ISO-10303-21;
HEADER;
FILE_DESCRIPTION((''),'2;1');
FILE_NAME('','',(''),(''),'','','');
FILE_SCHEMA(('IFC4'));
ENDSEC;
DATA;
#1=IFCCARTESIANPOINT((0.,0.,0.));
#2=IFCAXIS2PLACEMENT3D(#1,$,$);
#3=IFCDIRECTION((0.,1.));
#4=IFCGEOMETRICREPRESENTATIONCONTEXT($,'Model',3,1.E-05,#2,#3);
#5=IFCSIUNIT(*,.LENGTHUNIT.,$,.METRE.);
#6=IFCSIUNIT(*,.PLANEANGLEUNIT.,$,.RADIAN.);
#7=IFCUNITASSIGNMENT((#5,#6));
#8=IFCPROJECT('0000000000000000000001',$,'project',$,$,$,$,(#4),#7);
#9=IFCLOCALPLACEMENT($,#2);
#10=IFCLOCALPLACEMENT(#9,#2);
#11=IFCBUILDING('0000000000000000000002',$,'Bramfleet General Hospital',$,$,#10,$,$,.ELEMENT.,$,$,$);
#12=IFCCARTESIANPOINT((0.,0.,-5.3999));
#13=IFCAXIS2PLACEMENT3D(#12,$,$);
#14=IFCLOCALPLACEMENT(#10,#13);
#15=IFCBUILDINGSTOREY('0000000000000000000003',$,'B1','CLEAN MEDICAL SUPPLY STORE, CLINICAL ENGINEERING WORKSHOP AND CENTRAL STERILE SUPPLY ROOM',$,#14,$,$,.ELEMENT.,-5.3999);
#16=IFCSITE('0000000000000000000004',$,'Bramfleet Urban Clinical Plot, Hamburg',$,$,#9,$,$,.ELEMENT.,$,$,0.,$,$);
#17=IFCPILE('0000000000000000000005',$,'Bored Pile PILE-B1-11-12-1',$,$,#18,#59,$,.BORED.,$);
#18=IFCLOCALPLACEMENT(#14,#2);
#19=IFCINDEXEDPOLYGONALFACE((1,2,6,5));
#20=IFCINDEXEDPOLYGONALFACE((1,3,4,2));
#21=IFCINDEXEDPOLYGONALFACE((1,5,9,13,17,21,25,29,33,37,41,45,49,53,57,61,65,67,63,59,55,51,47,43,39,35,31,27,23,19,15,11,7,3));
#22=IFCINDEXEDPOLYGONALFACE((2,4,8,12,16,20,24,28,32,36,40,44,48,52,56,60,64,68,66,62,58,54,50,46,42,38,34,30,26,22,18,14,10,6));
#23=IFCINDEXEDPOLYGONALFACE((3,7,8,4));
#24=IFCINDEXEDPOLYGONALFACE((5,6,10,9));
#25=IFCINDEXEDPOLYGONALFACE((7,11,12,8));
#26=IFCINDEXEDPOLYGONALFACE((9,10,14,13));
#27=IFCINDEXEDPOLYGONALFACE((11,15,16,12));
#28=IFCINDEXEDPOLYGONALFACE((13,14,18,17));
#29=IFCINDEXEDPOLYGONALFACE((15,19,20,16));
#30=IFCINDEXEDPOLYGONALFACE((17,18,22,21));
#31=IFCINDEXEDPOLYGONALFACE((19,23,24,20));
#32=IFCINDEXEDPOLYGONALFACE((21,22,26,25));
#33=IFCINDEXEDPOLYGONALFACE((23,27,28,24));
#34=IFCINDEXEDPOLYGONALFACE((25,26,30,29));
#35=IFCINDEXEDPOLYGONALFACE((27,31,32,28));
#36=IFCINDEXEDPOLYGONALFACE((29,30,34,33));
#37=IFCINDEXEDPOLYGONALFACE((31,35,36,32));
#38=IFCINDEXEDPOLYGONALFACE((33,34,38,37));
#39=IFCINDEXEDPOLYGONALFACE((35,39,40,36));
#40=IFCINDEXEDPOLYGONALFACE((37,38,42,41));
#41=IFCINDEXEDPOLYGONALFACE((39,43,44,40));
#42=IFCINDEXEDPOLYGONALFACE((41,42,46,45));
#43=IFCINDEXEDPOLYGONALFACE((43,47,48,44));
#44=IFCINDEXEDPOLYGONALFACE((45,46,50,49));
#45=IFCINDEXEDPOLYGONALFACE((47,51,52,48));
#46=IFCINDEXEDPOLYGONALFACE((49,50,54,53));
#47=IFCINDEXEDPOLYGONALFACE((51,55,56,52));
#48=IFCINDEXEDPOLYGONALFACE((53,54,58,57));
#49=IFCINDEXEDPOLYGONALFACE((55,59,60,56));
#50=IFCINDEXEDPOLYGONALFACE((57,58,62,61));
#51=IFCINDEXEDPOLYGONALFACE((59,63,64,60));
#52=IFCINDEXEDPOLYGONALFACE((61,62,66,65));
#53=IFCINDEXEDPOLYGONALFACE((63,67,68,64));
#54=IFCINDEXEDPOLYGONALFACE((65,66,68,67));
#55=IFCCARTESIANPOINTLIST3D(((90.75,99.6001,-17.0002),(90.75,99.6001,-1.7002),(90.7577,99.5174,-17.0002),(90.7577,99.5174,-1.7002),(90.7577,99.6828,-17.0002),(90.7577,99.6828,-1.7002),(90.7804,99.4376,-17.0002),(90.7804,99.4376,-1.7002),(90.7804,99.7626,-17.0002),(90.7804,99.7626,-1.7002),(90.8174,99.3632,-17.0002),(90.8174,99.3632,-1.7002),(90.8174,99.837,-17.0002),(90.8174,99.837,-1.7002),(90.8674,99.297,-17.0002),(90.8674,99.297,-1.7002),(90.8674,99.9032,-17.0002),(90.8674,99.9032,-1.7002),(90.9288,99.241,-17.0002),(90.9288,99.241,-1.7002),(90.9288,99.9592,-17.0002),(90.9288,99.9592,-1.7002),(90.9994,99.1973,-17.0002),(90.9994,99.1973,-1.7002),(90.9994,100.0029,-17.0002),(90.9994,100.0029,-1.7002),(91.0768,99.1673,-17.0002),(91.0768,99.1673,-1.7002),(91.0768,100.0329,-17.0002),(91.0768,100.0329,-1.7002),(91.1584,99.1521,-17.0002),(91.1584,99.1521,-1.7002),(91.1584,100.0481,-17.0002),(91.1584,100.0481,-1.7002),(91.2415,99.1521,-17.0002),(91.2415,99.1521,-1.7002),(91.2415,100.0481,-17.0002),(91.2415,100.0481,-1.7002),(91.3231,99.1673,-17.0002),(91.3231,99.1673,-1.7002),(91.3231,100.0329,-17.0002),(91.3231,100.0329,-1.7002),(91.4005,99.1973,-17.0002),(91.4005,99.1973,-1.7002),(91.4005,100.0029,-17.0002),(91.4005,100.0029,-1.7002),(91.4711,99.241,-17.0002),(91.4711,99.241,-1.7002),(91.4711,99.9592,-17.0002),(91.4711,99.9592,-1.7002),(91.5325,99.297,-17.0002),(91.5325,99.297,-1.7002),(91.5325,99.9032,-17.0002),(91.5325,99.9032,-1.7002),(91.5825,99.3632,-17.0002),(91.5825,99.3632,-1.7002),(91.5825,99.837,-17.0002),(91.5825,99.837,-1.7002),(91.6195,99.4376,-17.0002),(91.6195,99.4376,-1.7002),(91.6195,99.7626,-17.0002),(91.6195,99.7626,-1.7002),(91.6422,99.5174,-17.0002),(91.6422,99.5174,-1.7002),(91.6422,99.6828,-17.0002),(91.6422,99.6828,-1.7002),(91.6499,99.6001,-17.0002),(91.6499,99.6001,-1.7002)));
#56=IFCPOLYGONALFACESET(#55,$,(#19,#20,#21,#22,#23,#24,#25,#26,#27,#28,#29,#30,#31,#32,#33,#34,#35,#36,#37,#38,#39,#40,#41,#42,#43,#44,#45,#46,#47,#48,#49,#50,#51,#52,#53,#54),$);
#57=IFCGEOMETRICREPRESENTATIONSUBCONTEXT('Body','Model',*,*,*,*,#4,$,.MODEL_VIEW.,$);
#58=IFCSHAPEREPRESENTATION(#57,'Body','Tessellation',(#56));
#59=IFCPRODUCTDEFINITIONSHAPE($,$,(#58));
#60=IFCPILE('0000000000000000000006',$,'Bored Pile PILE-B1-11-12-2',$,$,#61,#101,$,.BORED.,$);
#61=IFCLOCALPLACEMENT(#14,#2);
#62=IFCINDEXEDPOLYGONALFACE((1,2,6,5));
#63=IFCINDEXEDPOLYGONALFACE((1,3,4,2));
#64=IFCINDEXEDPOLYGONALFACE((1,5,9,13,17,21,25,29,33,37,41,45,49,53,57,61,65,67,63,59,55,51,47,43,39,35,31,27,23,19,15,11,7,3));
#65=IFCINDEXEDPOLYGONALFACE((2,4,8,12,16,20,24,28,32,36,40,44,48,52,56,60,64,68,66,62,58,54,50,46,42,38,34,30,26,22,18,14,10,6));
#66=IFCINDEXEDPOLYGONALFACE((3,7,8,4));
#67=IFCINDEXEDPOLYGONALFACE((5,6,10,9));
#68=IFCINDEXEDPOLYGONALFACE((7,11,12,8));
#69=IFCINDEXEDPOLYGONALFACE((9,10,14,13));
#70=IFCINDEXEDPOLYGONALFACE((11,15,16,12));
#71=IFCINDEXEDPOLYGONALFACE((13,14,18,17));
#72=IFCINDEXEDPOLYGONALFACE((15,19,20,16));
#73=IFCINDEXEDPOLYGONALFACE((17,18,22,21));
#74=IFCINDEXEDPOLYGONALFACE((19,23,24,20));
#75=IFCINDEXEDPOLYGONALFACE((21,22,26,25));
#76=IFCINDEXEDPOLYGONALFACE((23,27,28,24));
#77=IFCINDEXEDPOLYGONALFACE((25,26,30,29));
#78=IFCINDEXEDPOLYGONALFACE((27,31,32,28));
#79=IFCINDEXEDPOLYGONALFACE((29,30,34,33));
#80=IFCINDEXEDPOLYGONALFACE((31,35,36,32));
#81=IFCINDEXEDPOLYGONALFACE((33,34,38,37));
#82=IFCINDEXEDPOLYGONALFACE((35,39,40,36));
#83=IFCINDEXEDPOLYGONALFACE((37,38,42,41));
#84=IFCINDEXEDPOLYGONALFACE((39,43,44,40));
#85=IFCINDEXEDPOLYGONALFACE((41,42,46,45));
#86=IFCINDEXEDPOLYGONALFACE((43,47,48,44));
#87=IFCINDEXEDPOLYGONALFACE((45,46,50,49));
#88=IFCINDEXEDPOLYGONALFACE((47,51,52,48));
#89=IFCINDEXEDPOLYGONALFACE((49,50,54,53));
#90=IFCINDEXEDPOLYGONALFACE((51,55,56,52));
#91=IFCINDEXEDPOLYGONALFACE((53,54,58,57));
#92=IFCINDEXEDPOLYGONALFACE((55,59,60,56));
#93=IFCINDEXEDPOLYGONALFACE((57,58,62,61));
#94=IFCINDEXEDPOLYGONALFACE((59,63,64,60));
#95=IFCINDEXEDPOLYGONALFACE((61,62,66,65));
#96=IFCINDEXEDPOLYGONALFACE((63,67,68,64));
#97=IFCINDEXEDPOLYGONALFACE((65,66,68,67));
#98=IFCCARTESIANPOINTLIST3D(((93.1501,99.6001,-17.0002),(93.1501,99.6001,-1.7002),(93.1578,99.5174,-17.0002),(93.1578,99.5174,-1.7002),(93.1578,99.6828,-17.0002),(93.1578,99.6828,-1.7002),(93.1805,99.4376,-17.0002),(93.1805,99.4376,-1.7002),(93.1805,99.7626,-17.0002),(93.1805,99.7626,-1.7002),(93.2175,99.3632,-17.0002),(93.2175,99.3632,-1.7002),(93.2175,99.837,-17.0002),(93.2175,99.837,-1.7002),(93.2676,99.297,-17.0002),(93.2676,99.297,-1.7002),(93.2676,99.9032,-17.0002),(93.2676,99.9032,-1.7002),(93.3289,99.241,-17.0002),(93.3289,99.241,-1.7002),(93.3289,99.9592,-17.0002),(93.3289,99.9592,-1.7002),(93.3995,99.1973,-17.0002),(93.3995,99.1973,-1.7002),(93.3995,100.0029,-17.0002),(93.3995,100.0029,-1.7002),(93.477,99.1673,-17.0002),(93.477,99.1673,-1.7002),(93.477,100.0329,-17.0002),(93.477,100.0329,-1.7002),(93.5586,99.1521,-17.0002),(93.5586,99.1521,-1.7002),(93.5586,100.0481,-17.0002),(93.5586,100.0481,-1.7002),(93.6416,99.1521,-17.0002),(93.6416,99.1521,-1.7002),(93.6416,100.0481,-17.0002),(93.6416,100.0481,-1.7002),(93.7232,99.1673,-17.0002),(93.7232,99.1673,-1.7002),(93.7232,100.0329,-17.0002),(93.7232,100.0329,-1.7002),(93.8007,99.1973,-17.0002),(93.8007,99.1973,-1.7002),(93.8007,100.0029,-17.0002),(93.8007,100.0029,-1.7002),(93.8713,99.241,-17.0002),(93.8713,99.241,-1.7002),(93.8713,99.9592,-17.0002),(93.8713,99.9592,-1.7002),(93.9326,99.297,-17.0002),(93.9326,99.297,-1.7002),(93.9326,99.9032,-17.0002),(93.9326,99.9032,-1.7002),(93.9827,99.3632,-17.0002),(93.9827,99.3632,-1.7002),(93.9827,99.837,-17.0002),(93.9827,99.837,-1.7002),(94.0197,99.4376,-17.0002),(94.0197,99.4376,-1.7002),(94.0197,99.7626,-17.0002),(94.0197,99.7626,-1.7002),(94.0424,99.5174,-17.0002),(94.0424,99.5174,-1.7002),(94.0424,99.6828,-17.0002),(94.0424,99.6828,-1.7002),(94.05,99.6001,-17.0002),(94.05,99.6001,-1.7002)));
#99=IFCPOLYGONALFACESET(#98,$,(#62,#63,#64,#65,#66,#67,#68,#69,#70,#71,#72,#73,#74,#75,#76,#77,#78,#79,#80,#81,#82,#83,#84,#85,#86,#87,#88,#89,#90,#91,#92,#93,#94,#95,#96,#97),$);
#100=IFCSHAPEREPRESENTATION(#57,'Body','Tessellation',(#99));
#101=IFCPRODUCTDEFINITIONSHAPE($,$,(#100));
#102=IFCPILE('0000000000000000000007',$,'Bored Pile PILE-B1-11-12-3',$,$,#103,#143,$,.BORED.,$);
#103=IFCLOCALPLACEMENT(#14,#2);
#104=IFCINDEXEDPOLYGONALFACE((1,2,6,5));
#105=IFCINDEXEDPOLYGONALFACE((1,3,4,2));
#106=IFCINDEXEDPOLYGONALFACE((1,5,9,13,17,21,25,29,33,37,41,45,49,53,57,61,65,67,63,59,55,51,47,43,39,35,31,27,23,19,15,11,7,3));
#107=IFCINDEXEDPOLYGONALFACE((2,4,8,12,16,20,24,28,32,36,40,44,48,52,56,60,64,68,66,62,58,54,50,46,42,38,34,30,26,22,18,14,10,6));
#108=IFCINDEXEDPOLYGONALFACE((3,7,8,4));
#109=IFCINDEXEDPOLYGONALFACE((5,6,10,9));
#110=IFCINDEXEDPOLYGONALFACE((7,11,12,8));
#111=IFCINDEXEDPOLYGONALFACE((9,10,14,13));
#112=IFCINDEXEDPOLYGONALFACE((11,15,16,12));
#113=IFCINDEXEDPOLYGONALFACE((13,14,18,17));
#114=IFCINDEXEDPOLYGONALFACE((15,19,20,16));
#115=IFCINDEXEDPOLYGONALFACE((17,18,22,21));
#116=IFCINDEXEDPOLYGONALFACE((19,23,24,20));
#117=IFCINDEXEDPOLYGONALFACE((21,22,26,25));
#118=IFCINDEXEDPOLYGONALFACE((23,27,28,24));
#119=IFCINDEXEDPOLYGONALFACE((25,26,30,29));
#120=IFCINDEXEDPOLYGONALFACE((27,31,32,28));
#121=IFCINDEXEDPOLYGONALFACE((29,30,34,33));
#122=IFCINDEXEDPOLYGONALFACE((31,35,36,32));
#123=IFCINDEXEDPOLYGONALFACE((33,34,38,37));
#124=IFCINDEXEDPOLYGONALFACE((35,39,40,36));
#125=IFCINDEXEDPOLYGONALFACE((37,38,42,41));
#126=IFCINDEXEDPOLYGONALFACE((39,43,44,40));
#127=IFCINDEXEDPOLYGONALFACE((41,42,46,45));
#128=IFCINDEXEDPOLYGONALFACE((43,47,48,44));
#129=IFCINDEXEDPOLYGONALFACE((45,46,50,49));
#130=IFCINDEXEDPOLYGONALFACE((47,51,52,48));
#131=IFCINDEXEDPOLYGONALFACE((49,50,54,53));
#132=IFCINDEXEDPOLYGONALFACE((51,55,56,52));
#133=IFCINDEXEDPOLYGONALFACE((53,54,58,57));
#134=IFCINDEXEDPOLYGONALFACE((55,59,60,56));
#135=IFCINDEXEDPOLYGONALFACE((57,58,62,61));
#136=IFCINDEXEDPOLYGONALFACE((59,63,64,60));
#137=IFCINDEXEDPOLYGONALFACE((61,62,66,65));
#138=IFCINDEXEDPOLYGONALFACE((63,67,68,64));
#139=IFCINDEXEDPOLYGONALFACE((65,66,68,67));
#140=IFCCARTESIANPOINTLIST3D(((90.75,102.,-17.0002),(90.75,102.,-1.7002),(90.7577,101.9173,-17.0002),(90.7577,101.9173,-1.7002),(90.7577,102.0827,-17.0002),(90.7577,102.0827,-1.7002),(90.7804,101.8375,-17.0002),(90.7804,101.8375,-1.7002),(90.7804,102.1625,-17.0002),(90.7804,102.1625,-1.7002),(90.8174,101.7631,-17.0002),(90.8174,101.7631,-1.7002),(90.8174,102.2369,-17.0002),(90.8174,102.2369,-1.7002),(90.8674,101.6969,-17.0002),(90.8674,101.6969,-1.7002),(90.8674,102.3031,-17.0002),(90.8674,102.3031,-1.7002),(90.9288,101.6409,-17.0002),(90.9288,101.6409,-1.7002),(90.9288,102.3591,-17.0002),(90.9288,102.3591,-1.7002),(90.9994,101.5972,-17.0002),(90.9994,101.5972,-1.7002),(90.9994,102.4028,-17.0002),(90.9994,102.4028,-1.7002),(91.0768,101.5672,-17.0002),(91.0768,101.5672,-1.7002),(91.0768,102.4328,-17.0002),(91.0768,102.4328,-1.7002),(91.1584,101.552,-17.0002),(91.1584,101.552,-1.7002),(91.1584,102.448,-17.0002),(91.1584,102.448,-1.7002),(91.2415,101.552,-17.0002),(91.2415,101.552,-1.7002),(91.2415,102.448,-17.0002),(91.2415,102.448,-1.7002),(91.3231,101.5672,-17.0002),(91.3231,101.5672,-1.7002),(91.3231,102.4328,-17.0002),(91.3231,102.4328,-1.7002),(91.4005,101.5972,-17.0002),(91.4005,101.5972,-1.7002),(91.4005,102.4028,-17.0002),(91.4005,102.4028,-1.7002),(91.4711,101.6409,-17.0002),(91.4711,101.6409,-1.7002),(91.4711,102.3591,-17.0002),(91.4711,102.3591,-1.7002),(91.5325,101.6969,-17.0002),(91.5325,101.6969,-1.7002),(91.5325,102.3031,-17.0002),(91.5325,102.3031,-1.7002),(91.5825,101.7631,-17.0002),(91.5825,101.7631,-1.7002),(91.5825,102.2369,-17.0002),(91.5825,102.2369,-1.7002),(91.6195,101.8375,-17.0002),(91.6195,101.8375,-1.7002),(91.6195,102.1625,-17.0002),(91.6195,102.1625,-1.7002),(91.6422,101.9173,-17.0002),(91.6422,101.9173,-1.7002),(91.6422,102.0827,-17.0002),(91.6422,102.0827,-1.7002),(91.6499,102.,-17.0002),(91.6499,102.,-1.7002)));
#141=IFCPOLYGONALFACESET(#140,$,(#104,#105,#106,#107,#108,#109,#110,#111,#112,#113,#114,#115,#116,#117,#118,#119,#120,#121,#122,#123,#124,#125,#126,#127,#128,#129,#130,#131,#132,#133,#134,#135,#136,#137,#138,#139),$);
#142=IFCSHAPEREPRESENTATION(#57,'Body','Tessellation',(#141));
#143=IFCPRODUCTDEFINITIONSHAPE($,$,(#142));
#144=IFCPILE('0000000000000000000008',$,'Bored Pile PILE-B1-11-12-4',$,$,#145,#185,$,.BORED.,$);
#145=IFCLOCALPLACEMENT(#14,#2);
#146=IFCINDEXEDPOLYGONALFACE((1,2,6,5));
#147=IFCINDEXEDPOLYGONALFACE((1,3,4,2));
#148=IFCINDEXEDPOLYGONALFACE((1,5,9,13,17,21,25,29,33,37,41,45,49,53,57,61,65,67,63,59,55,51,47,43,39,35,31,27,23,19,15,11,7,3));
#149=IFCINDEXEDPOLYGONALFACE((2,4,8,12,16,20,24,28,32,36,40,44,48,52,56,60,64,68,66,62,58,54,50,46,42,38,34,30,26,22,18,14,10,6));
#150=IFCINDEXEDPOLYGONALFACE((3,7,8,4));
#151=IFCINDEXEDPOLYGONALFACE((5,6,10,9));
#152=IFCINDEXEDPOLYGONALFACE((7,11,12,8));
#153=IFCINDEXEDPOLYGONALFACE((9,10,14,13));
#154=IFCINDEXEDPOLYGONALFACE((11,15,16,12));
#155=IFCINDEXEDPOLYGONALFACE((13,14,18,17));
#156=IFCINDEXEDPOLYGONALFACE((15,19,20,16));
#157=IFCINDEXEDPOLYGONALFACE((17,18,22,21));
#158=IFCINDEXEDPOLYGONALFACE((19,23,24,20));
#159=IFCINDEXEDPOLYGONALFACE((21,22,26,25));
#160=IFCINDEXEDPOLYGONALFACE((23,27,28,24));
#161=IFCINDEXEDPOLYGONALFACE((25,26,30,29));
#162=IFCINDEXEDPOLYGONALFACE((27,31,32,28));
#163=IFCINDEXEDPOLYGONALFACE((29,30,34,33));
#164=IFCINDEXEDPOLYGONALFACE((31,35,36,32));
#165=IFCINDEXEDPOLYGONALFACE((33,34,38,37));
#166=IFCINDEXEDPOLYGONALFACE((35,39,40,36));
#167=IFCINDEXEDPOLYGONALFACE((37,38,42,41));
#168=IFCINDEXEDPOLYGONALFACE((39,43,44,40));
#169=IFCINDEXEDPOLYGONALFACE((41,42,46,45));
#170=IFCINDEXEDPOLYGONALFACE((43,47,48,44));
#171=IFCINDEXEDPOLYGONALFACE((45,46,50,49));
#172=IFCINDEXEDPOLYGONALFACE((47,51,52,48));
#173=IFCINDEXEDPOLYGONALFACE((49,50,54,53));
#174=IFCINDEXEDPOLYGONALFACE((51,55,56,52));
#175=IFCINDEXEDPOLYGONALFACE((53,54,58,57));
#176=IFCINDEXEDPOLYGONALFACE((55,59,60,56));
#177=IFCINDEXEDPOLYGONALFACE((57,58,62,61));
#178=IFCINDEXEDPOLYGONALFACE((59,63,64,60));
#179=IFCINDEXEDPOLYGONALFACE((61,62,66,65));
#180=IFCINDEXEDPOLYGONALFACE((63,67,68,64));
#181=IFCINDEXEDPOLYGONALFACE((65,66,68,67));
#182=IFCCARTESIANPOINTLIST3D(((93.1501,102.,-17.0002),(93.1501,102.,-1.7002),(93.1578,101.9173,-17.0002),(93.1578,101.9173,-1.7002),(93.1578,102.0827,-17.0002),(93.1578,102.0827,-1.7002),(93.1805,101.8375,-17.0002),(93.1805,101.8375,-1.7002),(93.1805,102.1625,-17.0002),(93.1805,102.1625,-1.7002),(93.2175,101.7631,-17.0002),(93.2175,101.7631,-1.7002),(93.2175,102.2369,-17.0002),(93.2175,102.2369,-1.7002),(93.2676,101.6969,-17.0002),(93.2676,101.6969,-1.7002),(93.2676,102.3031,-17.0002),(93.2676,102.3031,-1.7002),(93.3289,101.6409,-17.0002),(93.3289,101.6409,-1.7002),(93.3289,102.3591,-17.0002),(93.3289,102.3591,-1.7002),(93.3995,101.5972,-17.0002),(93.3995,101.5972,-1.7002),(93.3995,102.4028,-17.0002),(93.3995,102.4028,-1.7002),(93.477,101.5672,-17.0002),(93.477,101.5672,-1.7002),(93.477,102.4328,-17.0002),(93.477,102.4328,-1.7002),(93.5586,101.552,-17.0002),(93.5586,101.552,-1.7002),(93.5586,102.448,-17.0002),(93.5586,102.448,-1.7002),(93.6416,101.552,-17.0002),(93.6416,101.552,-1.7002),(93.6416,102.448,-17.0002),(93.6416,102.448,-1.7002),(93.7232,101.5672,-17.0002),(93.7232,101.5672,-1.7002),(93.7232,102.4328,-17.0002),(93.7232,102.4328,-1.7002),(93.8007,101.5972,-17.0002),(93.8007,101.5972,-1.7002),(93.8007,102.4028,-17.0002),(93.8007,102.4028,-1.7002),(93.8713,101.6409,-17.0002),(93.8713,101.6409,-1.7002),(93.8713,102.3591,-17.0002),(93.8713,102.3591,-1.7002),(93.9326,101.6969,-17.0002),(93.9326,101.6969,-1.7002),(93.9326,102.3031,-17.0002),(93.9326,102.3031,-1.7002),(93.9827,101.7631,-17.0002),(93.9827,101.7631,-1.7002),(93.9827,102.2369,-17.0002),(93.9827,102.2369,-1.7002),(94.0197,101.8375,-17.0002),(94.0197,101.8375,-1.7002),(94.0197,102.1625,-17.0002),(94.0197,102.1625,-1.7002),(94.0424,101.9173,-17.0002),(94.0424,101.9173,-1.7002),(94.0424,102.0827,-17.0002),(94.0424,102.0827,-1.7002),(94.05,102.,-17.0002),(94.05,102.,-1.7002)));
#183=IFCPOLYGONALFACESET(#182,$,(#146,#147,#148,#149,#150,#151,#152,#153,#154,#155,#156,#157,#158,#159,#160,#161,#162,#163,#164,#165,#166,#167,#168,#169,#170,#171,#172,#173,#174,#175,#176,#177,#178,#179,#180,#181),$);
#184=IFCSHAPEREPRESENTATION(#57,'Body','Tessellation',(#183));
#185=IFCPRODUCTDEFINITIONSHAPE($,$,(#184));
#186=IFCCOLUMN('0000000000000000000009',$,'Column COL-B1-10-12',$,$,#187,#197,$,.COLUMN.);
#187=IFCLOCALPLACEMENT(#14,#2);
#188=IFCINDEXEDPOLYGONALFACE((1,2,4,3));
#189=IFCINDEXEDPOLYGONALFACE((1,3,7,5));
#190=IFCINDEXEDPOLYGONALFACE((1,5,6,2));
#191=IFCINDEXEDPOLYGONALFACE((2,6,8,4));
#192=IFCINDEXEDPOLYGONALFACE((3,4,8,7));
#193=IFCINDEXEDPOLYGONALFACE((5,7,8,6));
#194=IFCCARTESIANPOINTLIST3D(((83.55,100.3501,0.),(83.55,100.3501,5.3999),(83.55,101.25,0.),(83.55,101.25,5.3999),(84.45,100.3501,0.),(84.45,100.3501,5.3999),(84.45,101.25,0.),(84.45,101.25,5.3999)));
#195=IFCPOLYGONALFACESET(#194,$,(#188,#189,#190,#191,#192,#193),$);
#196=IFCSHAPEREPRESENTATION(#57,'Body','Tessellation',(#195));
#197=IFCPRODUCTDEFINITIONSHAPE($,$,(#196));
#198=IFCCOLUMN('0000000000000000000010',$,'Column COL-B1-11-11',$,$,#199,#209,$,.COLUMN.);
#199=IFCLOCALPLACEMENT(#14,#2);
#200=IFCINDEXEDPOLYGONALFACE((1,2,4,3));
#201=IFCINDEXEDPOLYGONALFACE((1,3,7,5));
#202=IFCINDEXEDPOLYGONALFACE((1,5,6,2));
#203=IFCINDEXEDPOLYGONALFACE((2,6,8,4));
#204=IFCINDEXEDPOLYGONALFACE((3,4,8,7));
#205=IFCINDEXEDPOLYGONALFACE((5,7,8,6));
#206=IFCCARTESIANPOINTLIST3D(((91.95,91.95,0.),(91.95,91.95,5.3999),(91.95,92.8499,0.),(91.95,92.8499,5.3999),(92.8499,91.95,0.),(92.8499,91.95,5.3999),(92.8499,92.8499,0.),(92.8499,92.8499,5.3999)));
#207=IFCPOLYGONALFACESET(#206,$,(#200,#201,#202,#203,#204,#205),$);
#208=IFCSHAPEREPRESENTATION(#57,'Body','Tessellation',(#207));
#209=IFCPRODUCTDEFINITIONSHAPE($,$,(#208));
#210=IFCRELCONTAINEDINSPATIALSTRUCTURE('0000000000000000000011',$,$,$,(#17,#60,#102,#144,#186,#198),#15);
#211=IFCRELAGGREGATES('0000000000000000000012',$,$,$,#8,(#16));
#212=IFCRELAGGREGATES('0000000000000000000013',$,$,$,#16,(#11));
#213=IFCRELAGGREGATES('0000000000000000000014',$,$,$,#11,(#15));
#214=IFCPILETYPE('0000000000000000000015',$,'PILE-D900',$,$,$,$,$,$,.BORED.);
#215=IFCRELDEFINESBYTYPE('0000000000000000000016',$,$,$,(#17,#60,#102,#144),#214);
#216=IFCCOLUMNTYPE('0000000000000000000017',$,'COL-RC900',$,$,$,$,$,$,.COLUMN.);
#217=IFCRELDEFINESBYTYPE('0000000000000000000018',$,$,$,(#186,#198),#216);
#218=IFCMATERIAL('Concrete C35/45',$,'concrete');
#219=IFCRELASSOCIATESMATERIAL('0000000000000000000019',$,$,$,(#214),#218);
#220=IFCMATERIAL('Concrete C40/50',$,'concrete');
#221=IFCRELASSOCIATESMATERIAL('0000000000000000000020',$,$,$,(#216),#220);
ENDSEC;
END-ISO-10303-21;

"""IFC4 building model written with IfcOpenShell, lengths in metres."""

from ifc_helpers import new_model, si_unit, direction, frame, origin, origin_2d, place, context, subcontext, project, spatial, rectangle, circle, extrude, material, material_profile, profile_set, type_object, element, save


model = new_model("IFC4")

# Units and contexts
model_context = context("Model", 3, precision=1e-05, world=origin(), true_north=direction((0.0, 1.0)))
body_context = subcontext(model_context, "Body", "Model", "MODEL_VIEW")
ifc_project = project(units=[si_unit("LENGTHUNIT", "METRE"), si_unit("PLANEANGLEUNIT", "RADIAN")], contexts=[model_context])

# Site, building, storey
site_placement = place(None, origin())
site = spatial("IfcSite", under=ifc_project, at=site_placement, Name="Bramfleet Urban Clinical Plot, Hamburg", CompositionType="ELEMENT", RefElevation=0.0)
building_placement = place(site_placement, origin())
building = spatial("IfcBuilding", under=site, at=building_placement, Name="Bramfleet General Hospital", CompositionType="ELEMENT")
storey_placement = place(building_placement, frame((0.0, 0.0, -5.3999)))
storey = spatial("IfcBuildingStorey", under=building, at=storey_placement, Name="B1", Description="CLEAN MEDICAL SUPPLY STORE, CLINICAL ENGINEERING WORKSHOP AND CENTRAL STERILE SUPPLY ROOM", CompositionType="ELEMENT", Elevation=-5.3999)

# Shared definitions
ifc_material_1 = material(Name="Concrete C35/45", Category="concrete")

# Piles
ifc_material_profile_1 = material_profile(ifc_material_1, circle(Radius=0.45, at=origin_2d()), Name="PILE BORED D900")
ifc_profile_set_1 = profile_set([ifc_material_profile_1], Name="Concrete C35/45")
pile_type_1 = type_object("IfcPileType", Name="PILE-D900", PredefinedType="BORED", material=ifc_profile_set_1)
for number, where, z_axis, x_axis, name in (
    (1, (91.2, 99.6001, -1.7002), (0.0, 0.0, -1.0), (1.0, 0.0, 0.0), "Bored Pile PILE-B1-11-12-1"),
    (2, (93.6001, 99.6001, -1.7002), (0.0, 0.0, -1.0), (1.0, 0.0, 0.0), "Bored Pile PILE-B1-11-12-2"),
    (3, (91.2, 102.0, -1.7002), (0.0, 0.0, -1.0), (1.0, 0.0, 0.0), "Bored Pile PILE-B1-11-12-3"),
    (4, (93.6001, 102.0, -1.7002), (0.0, 0.0, -1.0), (1.0, 0.0, 0.0), "Bored Pile PILE-B1-11-12-4"),
):
    element("IfcPile", number, at=place(storey_placement, frame(where, z_axis=z_axis, x_axis=x_axis)), inside=storey, type_object=pile_type_1, Name=name, PredefinedType="BORED", context=body_context, shape_type="SweptSolid", body=[
        extrude(circle(Radius=0.45, at=origin_2d()), origin(), (0.0, 0.0, 1.0), 15.3),
    ])

# Columns
ifc_material_2 = material(Name="Concrete C40/50", Category="concrete")
ifc_material_profile_2 = material_profile(ifc_material_2, rectangle(XDim=0.8999, YDim=0.8999, at=origin_2d()), Name="RC COL 900x900")
ifc_profile_set_2 = profile_set([ifc_material_profile_2], Name="Concrete C40/50")
column_type = type_object("IfcColumnType", Name="COL-RC900", PredefinedType="COLUMN", material=ifc_profile_set_2)
for number, where, z_axis, x_axis, name in (
    (5, (84.0, 100.8, 0.0), (0.0, 0.0, 1.0), (1.0, 0.0, 0.0), "Column COL-B1-10-12"),
    (6, (92.3999, 92.3999, 0.0), (0.0, 0.0, 1.0), (1.0, 0.0, 0.0), "Column COL-B1-11-11"),
):
    element("IfcColumn", number, at=place(storey_placement, frame(where, z_axis=z_axis, x_axis=x_axis)), inside=storey, type_object=column_type, Name=name, PredefinedType="COLUMN", context=body_context, shape_type="SweptSolid", body=[
        extrude(rectangle(XDim=0.8999, YDim=0.8999, at=origin_2d()), origin(), (0.0, 0.0, 1.0), 5.3999),
    ])

save(model, "model.ifc")
